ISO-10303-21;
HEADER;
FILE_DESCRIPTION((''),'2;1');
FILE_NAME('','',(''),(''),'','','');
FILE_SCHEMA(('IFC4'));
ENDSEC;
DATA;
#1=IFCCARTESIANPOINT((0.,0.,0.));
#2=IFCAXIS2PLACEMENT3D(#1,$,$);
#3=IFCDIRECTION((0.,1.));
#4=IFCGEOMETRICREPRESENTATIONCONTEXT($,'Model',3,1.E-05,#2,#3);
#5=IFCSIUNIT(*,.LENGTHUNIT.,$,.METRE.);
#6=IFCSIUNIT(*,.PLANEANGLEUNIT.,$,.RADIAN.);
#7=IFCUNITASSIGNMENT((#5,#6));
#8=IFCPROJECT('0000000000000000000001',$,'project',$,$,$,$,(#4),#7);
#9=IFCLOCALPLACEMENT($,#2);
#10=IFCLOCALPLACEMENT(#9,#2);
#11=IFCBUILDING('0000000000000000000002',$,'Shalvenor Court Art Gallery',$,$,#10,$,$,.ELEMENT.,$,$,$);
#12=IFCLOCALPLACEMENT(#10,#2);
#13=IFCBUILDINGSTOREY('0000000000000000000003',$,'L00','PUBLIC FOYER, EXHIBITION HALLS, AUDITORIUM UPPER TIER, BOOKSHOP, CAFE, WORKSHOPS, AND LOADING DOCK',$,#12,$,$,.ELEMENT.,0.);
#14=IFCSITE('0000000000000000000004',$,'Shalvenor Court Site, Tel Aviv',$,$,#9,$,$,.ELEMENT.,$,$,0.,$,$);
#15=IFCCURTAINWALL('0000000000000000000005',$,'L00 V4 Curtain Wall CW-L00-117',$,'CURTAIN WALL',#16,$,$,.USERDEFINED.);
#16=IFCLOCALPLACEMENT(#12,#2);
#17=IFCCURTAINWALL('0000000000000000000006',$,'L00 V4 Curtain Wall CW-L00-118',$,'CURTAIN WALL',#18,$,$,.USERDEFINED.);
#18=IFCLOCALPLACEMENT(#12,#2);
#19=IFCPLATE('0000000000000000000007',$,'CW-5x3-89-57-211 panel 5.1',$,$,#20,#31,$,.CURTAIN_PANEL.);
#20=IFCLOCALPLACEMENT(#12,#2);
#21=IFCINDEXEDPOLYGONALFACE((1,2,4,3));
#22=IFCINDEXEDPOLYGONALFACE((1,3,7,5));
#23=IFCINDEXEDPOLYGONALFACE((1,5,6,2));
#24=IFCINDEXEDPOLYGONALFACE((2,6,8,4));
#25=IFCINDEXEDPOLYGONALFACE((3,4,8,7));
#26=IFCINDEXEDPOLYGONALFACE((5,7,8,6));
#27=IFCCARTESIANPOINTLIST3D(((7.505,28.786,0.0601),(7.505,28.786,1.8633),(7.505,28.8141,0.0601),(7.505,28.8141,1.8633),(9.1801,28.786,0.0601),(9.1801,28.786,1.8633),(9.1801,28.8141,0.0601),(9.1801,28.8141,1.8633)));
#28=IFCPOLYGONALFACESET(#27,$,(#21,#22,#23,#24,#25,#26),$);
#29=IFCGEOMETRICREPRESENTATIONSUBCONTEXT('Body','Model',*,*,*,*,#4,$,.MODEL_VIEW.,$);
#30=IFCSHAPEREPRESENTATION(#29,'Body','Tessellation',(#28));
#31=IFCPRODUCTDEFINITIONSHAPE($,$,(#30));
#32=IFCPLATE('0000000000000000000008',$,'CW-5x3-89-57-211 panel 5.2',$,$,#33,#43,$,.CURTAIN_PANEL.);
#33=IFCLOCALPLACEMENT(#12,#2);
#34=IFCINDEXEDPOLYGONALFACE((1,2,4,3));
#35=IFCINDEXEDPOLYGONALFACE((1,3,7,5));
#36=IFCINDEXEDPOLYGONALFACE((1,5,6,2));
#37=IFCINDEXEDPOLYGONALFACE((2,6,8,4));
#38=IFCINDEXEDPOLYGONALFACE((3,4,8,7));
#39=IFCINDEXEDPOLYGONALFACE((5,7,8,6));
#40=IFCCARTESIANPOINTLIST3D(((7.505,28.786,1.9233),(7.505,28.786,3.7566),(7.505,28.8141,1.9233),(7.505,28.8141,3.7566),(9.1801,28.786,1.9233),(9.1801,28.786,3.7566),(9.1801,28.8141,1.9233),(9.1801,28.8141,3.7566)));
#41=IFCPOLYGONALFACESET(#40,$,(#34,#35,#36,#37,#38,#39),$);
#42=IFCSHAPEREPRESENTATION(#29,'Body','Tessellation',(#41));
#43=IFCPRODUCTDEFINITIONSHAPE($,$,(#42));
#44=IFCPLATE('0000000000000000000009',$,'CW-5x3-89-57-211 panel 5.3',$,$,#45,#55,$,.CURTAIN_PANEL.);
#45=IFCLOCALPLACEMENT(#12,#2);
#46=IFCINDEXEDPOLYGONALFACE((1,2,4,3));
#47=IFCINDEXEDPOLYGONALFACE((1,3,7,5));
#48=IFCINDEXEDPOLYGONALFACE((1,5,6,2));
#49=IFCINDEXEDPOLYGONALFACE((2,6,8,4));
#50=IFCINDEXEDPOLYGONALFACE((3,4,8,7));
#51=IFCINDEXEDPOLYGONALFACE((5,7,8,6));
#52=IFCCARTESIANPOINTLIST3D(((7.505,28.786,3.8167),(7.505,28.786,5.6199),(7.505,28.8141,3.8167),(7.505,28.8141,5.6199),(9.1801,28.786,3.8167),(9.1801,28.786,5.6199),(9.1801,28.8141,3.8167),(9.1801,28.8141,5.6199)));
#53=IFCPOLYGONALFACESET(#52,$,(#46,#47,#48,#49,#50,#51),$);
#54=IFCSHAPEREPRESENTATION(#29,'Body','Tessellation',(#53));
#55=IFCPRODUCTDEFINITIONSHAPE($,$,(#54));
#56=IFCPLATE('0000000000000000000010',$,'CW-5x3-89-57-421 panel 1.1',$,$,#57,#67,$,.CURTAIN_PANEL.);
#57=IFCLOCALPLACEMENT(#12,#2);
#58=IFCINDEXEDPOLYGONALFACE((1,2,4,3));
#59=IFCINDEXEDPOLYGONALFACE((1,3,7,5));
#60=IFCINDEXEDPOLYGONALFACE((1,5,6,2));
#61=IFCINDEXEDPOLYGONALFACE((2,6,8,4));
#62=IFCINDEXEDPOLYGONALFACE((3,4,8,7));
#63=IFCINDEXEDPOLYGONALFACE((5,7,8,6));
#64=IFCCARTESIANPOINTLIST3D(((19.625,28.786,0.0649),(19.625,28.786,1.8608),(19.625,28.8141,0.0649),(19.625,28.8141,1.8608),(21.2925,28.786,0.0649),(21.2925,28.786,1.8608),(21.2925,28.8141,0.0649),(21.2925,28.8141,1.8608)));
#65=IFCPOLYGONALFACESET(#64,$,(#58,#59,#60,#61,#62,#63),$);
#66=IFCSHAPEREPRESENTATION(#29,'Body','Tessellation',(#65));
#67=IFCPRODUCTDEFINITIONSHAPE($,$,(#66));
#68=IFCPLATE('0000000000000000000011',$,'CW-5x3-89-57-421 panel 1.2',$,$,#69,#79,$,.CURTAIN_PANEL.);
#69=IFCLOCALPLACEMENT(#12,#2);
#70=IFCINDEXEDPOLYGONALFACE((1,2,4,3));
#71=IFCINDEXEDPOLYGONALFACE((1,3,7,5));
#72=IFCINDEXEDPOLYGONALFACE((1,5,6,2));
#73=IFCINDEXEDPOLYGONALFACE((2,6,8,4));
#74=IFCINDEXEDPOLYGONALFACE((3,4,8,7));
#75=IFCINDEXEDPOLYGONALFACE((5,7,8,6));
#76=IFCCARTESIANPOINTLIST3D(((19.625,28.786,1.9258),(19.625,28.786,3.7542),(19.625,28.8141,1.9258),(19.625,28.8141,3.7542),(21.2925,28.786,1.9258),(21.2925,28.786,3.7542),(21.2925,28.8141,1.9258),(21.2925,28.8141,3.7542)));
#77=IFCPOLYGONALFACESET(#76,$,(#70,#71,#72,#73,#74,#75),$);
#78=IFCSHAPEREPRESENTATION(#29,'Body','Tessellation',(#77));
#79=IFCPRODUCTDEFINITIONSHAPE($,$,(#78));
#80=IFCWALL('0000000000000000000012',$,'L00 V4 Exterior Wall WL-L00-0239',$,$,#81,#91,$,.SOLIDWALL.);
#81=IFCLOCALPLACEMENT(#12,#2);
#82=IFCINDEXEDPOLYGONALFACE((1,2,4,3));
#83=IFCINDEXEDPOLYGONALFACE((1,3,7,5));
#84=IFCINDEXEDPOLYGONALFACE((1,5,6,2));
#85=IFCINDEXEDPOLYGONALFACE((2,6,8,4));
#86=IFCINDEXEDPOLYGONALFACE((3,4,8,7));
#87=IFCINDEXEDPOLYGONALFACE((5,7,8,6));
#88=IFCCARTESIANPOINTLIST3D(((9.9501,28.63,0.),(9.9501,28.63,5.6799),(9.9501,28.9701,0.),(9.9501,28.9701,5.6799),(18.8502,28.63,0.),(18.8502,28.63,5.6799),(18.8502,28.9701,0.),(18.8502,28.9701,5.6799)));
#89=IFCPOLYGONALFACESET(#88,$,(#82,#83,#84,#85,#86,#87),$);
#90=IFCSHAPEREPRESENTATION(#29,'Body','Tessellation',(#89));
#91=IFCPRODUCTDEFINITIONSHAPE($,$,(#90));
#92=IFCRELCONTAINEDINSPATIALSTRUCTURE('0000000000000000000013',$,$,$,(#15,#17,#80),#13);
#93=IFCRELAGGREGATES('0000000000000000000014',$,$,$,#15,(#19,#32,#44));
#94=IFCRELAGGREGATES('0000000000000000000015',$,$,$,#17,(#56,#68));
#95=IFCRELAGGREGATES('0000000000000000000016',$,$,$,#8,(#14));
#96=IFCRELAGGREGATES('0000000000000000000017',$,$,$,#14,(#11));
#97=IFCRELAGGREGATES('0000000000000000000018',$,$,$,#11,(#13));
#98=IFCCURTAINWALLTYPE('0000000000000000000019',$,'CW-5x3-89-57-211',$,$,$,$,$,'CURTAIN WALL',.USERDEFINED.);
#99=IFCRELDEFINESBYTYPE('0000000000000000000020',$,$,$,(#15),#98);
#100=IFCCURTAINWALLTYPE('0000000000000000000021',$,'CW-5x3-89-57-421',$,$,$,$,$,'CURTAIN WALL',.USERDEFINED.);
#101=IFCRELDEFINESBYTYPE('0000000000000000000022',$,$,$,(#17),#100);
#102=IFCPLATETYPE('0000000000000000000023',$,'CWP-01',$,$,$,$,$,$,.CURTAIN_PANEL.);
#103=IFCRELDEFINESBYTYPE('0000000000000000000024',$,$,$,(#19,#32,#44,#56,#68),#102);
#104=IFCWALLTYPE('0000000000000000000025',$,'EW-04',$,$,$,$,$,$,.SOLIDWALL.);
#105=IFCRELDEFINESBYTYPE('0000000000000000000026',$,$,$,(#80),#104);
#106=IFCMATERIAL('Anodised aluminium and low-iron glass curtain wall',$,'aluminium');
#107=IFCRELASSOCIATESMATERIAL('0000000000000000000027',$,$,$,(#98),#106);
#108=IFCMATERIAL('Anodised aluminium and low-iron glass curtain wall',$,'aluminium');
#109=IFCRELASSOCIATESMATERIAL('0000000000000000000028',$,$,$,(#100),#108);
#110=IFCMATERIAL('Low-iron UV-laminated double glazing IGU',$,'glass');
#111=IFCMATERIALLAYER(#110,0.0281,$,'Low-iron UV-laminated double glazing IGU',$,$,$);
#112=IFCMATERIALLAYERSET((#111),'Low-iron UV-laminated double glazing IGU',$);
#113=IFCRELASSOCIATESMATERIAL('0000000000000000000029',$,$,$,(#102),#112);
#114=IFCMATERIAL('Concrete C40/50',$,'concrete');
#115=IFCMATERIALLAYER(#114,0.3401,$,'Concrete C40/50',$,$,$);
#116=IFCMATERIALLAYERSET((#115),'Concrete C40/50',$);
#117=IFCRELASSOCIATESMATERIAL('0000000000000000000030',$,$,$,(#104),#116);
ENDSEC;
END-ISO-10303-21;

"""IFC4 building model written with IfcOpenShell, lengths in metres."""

from ifc_helpers import new_model, si_unit, direction, frame, frame_2d, origin, origin_2d, place, context, subcontext, project, spatial, rectangle, extrude, material, layer, layer_set, type_object, element, aggregate, save


model = new_model("IFC4")

# Units and contexts
model_context = context("Model", 3, precision=1e-05, world=origin(), true_north=direction((0.0, 1.0)))
body_context = subcontext(model_context, "Body", "Model", "MODEL_VIEW")
ifc_project = project(units=[si_unit("LENGTHUNIT", "METRE"), si_unit("PLANEANGLEUNIT", "RADIAN")], contexts=[model_context])

# Site, building, storey
site_placement = place(None, origin())
site = spatial("IfcSite", under=ifc_project, at=site_placement, Name="Shalvenor Court Site, Tel Aviv", CompositionType="ELEMENT", RefElevation=0.0)
building_placement = place(site_placement, origin())
building = spatial("IfcBuilding", under=site, at=building_placement, Name="Shalvenor Court Art Gallery", CompositionType="ELEMENT")
storey_placement = place(building_placement, origin())
storey = spatial("IfcBuildingStorey", under=building, at=storey_placement, Name="L00", Description="PUBLIC FOYER, EXHIBITION HALLS, AUDITORIUM UPPER TIER, BOOKSHOP, CAFE, WORKSHOPS, AND LOADING DOCK", CompositionType="ELEMENT", Elevation=0.0)

# Curtain wall
ifc_material_1 = material(Name="Anodised aluminium and low-iron glass curtain wall", Category="aluminium")
curtain_wall_type_1 = type_object("IfcCurtainWallType", Name="CW-5x3-89-57-211", ElementType="CURTAIN WALL", PredefinedType="USERDEFINED", material=ifc_material_1)
curtain_wall_1_placement = place(storey_placement, origin())
curtain_wall_1 = element("IfcCurtainWall", 1, at=curtain_wall_1_placement, inside=storey, type_object=curtain_wall_type_1, Name="L00 V4 Curtain Wall CW-L00-117", ObjectType="CURTAIN WALL", PredefinedType="USERDEFINED")

# Curtain wall
ifc_material_2 = material(Name="Anodised aluminium and low-iron glass curtain wall", Category="aluminium")
curtain_wall_type_2 = type_object("IfcCurtainWallType", Name="CW-5x3-89-57-421", ElementType="CURTAIN WALL", PredefinedType="USERDEFINED", material=ifc_material_2)
curtain_wall_2_placement = place(storey_placement, origin())
curtain_wall_2 = element("IfcCurtainWall", 2, at=curtain_wall_2_placement, inside=storey, type_object=curtain_wall_type_2, Name="L00 V4 Curtain Wall CW-L00-118", ObjectType="CURTAIN WALL", PredefinedType="USERDEFINED")

# Plates
ifc_material_3 = material(Name="Low-iron UV-laminated double glazing IGU", Category="glass")
ifc_layer_1 = layer(ifc_material_3, 0.0281, Name="Low-iron UV-laminated double glazing IGU")
ifc_layer_set_1 = layer_set([ifc_layer_1], Name="Low-iron UV-laminated double glazing IGU")
plate_type = type_object("IfcPlateType", Name="CWP-01", PredefinedType="CURTAIN_PANEL", material=ifc_layer_set_1)
plate_1_placement = place(storey_placement, frame((8.3425, 28.8, 0.0601), z_axis=(0.0, 0.0, 1.0), x_axis=(1.0, 0.0, 0.0)))
plate_1 = element("IfcPlate", 3, at=plate_1_placement, type_object=plate_type, Name="CW-5x3-89-57-211 panel 5.1", PredefinedType="CURTAIN_PANEL", context=body_context, shape_type="SweptSolid", body=[
    extrude(rectangle(XDim=1.675, YDim=0.0281, at=origin_2d()), origin(), (0.0, 0.0, 1.0), 1.8032),
])
plate_2_placement = place(storey_placement, frame((8.3425, 28.8, 1.9233), z_axis=(0.0, 0.0, 1.0), x_axis=(1.0, 0.0, 0.0)))
plate_2 = element("IfcPlate", 4, at=plate_2_placement, type_object=plate_type, Name="CW-5x3-89-57-211 panel 5.2", PredefinedType="CURTAIN_PANEL", context=body_context, shape_type="SweptSolid", body=[
    extrude(rectangle(XDim=1.675, YDim=0.0281, at=origin_2d()), origin(), (0.0, 0.0, 1.0), 1.8333),
])
plate_3_placement = place(storey_placement, frame((8.3425, 28.8, 3.8167), z_axis=(0.0, 0.0, 1.0), x_axis=(1.0, 0.0, 0.0)))
plate_3 = element("IfcPlate", 5, at=plate_3_placement, type_object=plate_type, Name="CW-5x3-89-57-211 panel 5.3", PredefinedType="CURTAIN_PANEL", context=body_context, shape_type="SweptSolid", body=[
    extrude(rectangle(XDim=1.675, YDim=0.0281, at=origin_2d()), origin(), (0.0, 0.0, 1.0), 1.8032),
])
aggregate(curtain_wall_1, [plate_1, plate_2, plate_3])
plate_4_placement = place(storey_placement, frame((20.4587, 28.8, 0.0649), z_axis=(0.0, 0.0, 1.0), x_axis=(1.0, 0.0, 0.0)))
plate_4 = element("IfcPlate", 6, at=plate_4_placement, type_object=plate_type, Name="CW-5x3-89-57-421 panel 1.1", PredefinedType="CURTAIN_PANEL", context=body_context, shape_type="SweptSolid", body=[
    extrude(rectangle(XDim=1.6675, YDim=0.0281, at=origin_2d()), origin(), (0.0, 0.0, 1.0), 1.7959),
])
plate_5_placement = place(storey_placement, frame((20.4587, 28.8, 1.9258), z_axis=(0.0, 0.0, 1.0), x_axis=(1.0, 0.0, 0.0)))
plate_5 = element("IfcPlate", 7, at=plate_5_placement, type_object=plate_type, Name="CW-5x3-89-57-421 panel 1.2", PredefinedType="CURTAIN_PANEL", context=body_context, shape_type="SweptSolid", body=[
    extrude(rectangle(XDim=1.6675, YDim=0.0281, at=origin_2d()), origin(), (0.0, 0.0, 1.0), 1.8284),
])
aggregate(curtain_wall_2, [plate_4, plate_5])

# Wall
ifc_material_4 = material(Name="Concrete C40/50", Category="concrete")
ifc_layer_2 = layer(ifc_material_4, 0.3401, Name="Concrete C40/50")
ifc_layer_set_2 = layer_set([ifc_layer_2], Name="Concrete C40/50")
wall_type = type_object("IfcWallType", Name="EW-04", PredefinedType="SOLIDWALL", material=ifc_layer_set_2)
wall_placement = place(storey_placement, frame((9.95, 28.8, 0.0), z_axis=(0.0, 0.0, 1.0), x_axis=(1.0, 0.0, 0.0)))
element("IfcWall", 8, at=wall_placement, inside=storey, type_object=wall_type, Name="L00 V4 Exterior Wall WL-L00-0239", PredefinedType="SOLIDWALL", context=body_context, shape_type="SweptSolid", body=[
    extrude(rectangle(XDim=8.9001, YDim=0.3401, at=frame_2d((4.4502, 0.0))), origin(), (0.0, 0.0, 1.0), 5.6799),
])

save(model, "model.ifc")
